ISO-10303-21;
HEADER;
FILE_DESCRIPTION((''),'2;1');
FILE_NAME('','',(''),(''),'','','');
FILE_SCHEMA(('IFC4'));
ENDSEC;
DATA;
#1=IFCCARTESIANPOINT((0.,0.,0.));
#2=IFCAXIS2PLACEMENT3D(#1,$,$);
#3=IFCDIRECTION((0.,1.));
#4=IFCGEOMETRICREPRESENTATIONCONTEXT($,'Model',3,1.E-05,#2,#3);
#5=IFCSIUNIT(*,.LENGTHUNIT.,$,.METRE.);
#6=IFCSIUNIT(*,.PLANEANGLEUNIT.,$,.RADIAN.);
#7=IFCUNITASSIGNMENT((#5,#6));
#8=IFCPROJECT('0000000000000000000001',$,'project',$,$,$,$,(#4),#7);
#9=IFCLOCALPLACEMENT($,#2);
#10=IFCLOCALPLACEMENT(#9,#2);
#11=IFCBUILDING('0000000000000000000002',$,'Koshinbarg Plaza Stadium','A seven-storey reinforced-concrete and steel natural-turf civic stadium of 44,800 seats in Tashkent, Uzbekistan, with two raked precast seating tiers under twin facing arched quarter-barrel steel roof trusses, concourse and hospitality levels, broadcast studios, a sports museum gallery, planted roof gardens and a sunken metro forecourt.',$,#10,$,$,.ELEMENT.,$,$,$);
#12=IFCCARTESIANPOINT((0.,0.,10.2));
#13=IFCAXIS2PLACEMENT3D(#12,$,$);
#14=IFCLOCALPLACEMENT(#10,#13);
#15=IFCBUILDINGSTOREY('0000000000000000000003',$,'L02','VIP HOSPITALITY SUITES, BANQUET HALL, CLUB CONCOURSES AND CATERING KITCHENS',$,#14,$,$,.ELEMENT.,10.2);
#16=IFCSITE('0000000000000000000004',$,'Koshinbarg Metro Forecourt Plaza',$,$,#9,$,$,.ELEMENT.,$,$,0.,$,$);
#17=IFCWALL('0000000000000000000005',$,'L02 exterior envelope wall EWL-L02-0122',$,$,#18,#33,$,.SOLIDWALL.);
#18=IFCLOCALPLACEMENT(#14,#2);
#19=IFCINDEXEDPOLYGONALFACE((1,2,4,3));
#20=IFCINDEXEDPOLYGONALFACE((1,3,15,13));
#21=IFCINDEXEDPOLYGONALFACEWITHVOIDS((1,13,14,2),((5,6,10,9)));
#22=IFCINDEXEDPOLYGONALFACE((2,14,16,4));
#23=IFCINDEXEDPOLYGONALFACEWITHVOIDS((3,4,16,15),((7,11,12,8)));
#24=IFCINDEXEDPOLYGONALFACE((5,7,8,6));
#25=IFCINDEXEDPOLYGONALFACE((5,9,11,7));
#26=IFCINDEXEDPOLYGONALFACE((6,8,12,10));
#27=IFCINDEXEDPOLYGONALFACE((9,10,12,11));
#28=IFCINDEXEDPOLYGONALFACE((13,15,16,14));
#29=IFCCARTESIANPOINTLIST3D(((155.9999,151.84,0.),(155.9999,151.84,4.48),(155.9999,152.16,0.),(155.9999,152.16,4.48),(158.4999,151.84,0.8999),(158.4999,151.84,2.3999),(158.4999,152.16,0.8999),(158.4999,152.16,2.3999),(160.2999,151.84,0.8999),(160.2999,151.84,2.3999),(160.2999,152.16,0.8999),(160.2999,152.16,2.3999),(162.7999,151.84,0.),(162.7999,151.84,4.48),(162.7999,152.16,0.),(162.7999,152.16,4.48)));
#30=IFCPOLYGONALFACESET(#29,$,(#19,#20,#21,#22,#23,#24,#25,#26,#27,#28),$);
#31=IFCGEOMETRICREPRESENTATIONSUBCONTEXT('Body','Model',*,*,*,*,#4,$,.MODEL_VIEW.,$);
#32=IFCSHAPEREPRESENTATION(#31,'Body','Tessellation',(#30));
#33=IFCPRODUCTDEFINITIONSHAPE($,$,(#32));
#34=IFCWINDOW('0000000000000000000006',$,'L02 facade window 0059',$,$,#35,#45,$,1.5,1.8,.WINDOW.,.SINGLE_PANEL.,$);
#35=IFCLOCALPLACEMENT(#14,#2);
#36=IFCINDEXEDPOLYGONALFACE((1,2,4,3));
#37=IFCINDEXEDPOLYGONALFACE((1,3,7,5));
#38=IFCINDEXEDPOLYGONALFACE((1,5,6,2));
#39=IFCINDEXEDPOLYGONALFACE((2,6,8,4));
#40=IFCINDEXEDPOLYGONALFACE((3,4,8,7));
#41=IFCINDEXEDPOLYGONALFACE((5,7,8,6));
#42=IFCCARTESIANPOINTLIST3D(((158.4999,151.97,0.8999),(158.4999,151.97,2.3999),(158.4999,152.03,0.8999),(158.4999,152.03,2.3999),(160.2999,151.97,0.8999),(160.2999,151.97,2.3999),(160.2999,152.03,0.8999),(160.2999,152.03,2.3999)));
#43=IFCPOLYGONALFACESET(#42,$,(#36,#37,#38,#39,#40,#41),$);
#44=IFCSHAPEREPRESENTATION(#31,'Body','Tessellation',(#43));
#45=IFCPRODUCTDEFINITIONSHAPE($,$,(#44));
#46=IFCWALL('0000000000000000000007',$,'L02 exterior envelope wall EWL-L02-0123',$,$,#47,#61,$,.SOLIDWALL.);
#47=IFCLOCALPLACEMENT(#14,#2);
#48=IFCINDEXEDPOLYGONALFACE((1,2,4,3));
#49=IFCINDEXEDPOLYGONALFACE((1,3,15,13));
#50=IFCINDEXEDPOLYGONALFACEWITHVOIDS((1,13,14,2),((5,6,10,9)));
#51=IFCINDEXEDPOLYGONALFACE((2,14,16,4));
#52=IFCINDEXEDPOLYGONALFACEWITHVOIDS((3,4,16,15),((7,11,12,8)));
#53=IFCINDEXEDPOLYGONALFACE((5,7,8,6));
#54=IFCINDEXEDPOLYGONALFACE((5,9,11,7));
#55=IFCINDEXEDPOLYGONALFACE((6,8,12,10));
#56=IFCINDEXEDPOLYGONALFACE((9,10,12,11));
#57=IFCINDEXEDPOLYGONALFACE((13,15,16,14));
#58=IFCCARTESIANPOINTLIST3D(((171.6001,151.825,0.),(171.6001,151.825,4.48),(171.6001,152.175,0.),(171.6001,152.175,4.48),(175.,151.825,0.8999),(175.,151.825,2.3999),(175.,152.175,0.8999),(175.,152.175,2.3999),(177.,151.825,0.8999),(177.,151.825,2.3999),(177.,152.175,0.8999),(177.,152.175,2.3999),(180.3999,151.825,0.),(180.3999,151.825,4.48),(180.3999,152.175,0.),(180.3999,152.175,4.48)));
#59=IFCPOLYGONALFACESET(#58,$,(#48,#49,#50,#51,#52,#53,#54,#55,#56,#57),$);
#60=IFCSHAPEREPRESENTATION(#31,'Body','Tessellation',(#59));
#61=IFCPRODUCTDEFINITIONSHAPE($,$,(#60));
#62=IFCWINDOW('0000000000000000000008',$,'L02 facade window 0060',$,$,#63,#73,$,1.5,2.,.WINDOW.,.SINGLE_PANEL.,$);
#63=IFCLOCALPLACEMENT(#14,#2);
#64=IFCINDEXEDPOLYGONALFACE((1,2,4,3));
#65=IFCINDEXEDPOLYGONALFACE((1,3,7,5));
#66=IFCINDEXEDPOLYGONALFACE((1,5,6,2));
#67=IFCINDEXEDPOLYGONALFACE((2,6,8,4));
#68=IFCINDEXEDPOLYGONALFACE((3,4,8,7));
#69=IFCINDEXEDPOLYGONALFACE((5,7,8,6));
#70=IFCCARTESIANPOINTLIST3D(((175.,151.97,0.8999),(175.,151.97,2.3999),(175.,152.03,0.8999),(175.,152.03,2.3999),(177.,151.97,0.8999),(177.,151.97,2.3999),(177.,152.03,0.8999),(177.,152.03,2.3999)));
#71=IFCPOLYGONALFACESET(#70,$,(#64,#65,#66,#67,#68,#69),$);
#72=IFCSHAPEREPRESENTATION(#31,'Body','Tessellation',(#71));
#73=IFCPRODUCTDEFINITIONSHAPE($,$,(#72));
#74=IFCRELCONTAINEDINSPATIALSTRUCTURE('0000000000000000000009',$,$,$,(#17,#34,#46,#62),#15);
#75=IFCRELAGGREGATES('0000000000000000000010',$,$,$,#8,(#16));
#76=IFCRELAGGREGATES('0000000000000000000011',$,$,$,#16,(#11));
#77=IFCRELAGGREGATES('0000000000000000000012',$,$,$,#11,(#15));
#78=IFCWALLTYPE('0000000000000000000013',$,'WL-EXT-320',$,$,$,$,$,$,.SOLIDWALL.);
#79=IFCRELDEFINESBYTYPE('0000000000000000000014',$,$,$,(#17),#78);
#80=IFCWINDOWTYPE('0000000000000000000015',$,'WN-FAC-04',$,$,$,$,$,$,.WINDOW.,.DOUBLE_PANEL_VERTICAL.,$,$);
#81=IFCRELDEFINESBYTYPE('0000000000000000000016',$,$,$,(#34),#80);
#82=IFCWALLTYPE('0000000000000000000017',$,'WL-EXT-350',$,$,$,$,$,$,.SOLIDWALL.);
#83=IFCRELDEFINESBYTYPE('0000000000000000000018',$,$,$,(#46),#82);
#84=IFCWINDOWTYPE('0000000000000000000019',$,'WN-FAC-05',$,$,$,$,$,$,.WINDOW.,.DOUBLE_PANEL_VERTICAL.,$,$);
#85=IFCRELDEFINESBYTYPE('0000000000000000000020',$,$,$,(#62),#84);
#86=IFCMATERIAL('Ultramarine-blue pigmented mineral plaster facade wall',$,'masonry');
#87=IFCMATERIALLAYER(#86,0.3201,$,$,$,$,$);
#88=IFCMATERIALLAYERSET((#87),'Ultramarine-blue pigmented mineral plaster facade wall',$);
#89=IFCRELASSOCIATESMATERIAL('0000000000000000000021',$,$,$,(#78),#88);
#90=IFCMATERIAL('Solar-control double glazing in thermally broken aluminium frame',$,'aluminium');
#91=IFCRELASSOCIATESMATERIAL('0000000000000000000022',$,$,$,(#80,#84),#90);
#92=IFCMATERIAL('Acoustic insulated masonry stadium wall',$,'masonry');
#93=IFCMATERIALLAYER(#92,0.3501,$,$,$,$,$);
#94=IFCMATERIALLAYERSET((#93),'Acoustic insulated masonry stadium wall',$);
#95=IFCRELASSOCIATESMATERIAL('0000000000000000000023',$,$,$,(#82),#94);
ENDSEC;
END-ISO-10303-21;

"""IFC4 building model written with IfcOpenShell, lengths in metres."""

from ifc_helpers import new_model, si_unit, direction, frame, frame_2d, origin, place, context, subcontext, project, spatial, rectangle, extrude, material, layer, layer_set, type_object, element, fill, save


model = new_model("IFC4")

# Units and contexts
model_context = context("Model", 3, precision=1e-05, world=origin(), true_north=direction((0.0, 1.0)))
body_context = subcontext(model_context, "Body", "Model", "MODEL_VIEW")
ifc_project = project(units=[si_unit("LENGTHUNIT", "METRE"), si_unit("PLANEANGLEUNIT", "RADIAN")], contexts=[model_context])

# Site, building, storey
site_placement = place(None, origin())
site = spatial("IfcSite", under=ifc_project, at=site_placement, Name="Koshinbarg Metro Forecourt Plaza", CompositionType="ELEMENT", RefElevation=0.0)
building_placement = place(site_placement, origin())
building = spatial("IfcBuilding", under=site, at=building_placement, Name="Koshinbarg Plaza Stadium", Description="A seven-storey reinforced-concrete and steel natural-turf civic stadium of 44,800 seats in Tashkent, Uzbekistan, with two raked precast seating tiers under twin facing arched quarter-barrel steel roof trusses, concourse and hospitality levels, broadcast studios, a sports museum gallery, planted roof gardens and a sunken metro forecourt.", CompositionType="ELEMENT")
storey_placement = place(building_placement, frame((0.0, 0.0, 10.2)))
storey = spatial("IfcBuildingStorey", under=building, at=storey_placement, Name="L02", Description="VIP HOSPITALITY SUITES, BANQUET HALL, CLUB CONCOURSES AND CATERING KITCHENS", CompositionType="ELEMENT", Elevation=10.2)

# Walls, openings, windows
ifc_material_1 = material(Name="Ultramarine-blue pigmented mineral plaster facade wall", Category="masonry")
ifc_layer_1 = layer(ifc_material_1, 0.3201)
ifc_layer_set_1 = layer_set([ifc_layer_1], Name="Ultramarine-blue pigmented mineral plaster facade wall")
wall_type_1 = type_object("IfcWallType", Name="WL-EXT-320", PredefinedType="SOLIDWALL", material=ifc_layer_set_1)
wall_1_placement = place(storey_placement, frame((156.0, 152.0, 0.0), z_axis=(0.0, 0.0, 1.0), x_axis=(1.0, 0.0, 0.0)))
wall_1 = element("IfcWall", 1, at=wall_1_placement, inside=storey, type_object=wall_type_1, Name="L02 exterior envelope wall EWL-L02-0122", PredefinedType="SOLIDWALL", context=body_context, shape_type="SweptSolid", body=[
    extrude(rectangle(XDim=6.8, YDim=0.3201, at=frame_2d((3.3999, 0.0))), origin(), (0.0, 0.0, 1.0), 4.48),
])
opening_1_placement = place(wall_1_placement, frame((2.5, 0.0, 0.8999)))
opening_1 = element("IfcOpeningElement", 2, at=opening_1_placement, cuts=wall_1, PredefinedType="OPENING", context=body_context, shape_type="SweptSolid", body=[
    extrude(rectangle(XDim=1.8, YDim=1.5, at=frame_2d((0.8999, 0.75))), frame((0.0, 0.1699, 0.0), z_axis=(0.0, -1.0, 0.0), x_axis=(1.0, 0.0, 0.0)), (0.0, 0.0, 1.0), 0.3401),
])
ifc_material_2 = material(Name="Solar-control double glazing in thermally broken aluminium frame", Category="aluminium")
window_type_1 = type_object("IfcWindowType", Name="WN-FAC-04", PartitioningType="DOUBLE_PANEL_VERTICAL", PredefinedType="WINDOW", material=ifc_material_2)
window_1_placement = place(opening_1_placement, origin())
window_1 = element("IfcWindow", 3, at=window_1_placement, inside=storey, type_object=window_type_1, Name="L02 facade window 0059", OverallHeight=1.5, OverallWidth=1.8, PartitioningType="SINGLE_PANEL", PredefinedType="WINDOW", context=body_context, shape_type="SweptSolid", body=[
    extrude(rectangle(XDim=1.8, YDim=1.5, at=frame_2d((0.8999, 0.75))), frame((0.0, 0.03, 0.0), z_axis=(0.0, -1.0, 0.0), x_axis=(1.0, 0.0, 0.0)), (0.0, 0.0, 1.0), 0.0601),
])
fill(opening_1, window_1)
ifc_material_3 = material(Name="Acoustic insulated masonry stadium wall", Category="masonry")
ifc_layer_2 = layer(ifc_material_3, 0.3501)
ifc_layer_set_2 = layer_set([ifc_layer_2], Name="Acoustic insulated masonry stadium wall")
wall_type_2 = type_object("IfcWallType", Name="WL-EXT-350", PredefinedType="SOLIDWALL", material=ifc_layer_set_2)
wall_2_placement = place(storey_placement, frame((171.6001, 152.0, 0.0), z_axis=(0.0, 0.0, 1.0), x_axis=(1.0, 0.0, 0.0)))
wall_2 = element("IfcWall", 4, at=wall_2_placement, inside=storey, type_object=wall_type_2, Name="L02 exterior envelope wall EWL-L02-0123", PredefinedType="SOLIDWALL", context=body_context, shape_type="SweptSolid", body=[
    extrude(rectangle(XDim=8.7998, YDim=0.3501, at=frame_2d((4.3999, 0.0))), origin(), (0.0, 0.0, 1.0), 4.48),
])
opening_2_placement = place(wall_2_placement, frame((3.3999, 0.0, 0.8999)))
opening_2 = element("IfcOpeningElement", 5, at=opening_2_placement, cuts=wall_2, PredefinedType="OPENING", context=body_context, shape_type="SweptSolid", body=[
    extrude(rectangle(XDim=2.0, YDim=1.5, at=frame_2d((1.0, 0.75))), frame((0.0, 0.1851, 0.0), z_axis=(0.0, -1.0, 0.0), x_axis=(1.0, 0.0, 0.0)), (0.0, 0.0, 1.0), 0.3701),
])
window_type_2 = type_object("IfcWindowType", Name="WN-FAC-05", PartitioningType="DOUBLE_PANEL_VERTICAL", PredefinedType="WINDOW", material=ifc_material_2)
window_2_placement = place(opening_2_placement, origin())
window_2 = element("IfcWindow", 6, at=window_2_placement, inside=storey, type_object=window_type_2, Name="L02 facade window 0060", OverallHeight=1.5, OverallWidth=2.0, PartitioningType="SINGLE_PANEL", PredefinedType="WINDOW", context=body_context, shape_type="SweptSolid", body=[
    extrude(rectangle(XDim=2.0, YDim=1.5, at=frame_2d((1.0, 0.75))), frame((0.0, 0.03, 0.0), z_axis=(0.0, -1.0, 0.0), x_axis=(1.0, 0.0, 0.0)), (0.0, 0.0, 1.0), 0.0601),
])
fill(opening_2, window_2)

save(model, "model.ifc")
